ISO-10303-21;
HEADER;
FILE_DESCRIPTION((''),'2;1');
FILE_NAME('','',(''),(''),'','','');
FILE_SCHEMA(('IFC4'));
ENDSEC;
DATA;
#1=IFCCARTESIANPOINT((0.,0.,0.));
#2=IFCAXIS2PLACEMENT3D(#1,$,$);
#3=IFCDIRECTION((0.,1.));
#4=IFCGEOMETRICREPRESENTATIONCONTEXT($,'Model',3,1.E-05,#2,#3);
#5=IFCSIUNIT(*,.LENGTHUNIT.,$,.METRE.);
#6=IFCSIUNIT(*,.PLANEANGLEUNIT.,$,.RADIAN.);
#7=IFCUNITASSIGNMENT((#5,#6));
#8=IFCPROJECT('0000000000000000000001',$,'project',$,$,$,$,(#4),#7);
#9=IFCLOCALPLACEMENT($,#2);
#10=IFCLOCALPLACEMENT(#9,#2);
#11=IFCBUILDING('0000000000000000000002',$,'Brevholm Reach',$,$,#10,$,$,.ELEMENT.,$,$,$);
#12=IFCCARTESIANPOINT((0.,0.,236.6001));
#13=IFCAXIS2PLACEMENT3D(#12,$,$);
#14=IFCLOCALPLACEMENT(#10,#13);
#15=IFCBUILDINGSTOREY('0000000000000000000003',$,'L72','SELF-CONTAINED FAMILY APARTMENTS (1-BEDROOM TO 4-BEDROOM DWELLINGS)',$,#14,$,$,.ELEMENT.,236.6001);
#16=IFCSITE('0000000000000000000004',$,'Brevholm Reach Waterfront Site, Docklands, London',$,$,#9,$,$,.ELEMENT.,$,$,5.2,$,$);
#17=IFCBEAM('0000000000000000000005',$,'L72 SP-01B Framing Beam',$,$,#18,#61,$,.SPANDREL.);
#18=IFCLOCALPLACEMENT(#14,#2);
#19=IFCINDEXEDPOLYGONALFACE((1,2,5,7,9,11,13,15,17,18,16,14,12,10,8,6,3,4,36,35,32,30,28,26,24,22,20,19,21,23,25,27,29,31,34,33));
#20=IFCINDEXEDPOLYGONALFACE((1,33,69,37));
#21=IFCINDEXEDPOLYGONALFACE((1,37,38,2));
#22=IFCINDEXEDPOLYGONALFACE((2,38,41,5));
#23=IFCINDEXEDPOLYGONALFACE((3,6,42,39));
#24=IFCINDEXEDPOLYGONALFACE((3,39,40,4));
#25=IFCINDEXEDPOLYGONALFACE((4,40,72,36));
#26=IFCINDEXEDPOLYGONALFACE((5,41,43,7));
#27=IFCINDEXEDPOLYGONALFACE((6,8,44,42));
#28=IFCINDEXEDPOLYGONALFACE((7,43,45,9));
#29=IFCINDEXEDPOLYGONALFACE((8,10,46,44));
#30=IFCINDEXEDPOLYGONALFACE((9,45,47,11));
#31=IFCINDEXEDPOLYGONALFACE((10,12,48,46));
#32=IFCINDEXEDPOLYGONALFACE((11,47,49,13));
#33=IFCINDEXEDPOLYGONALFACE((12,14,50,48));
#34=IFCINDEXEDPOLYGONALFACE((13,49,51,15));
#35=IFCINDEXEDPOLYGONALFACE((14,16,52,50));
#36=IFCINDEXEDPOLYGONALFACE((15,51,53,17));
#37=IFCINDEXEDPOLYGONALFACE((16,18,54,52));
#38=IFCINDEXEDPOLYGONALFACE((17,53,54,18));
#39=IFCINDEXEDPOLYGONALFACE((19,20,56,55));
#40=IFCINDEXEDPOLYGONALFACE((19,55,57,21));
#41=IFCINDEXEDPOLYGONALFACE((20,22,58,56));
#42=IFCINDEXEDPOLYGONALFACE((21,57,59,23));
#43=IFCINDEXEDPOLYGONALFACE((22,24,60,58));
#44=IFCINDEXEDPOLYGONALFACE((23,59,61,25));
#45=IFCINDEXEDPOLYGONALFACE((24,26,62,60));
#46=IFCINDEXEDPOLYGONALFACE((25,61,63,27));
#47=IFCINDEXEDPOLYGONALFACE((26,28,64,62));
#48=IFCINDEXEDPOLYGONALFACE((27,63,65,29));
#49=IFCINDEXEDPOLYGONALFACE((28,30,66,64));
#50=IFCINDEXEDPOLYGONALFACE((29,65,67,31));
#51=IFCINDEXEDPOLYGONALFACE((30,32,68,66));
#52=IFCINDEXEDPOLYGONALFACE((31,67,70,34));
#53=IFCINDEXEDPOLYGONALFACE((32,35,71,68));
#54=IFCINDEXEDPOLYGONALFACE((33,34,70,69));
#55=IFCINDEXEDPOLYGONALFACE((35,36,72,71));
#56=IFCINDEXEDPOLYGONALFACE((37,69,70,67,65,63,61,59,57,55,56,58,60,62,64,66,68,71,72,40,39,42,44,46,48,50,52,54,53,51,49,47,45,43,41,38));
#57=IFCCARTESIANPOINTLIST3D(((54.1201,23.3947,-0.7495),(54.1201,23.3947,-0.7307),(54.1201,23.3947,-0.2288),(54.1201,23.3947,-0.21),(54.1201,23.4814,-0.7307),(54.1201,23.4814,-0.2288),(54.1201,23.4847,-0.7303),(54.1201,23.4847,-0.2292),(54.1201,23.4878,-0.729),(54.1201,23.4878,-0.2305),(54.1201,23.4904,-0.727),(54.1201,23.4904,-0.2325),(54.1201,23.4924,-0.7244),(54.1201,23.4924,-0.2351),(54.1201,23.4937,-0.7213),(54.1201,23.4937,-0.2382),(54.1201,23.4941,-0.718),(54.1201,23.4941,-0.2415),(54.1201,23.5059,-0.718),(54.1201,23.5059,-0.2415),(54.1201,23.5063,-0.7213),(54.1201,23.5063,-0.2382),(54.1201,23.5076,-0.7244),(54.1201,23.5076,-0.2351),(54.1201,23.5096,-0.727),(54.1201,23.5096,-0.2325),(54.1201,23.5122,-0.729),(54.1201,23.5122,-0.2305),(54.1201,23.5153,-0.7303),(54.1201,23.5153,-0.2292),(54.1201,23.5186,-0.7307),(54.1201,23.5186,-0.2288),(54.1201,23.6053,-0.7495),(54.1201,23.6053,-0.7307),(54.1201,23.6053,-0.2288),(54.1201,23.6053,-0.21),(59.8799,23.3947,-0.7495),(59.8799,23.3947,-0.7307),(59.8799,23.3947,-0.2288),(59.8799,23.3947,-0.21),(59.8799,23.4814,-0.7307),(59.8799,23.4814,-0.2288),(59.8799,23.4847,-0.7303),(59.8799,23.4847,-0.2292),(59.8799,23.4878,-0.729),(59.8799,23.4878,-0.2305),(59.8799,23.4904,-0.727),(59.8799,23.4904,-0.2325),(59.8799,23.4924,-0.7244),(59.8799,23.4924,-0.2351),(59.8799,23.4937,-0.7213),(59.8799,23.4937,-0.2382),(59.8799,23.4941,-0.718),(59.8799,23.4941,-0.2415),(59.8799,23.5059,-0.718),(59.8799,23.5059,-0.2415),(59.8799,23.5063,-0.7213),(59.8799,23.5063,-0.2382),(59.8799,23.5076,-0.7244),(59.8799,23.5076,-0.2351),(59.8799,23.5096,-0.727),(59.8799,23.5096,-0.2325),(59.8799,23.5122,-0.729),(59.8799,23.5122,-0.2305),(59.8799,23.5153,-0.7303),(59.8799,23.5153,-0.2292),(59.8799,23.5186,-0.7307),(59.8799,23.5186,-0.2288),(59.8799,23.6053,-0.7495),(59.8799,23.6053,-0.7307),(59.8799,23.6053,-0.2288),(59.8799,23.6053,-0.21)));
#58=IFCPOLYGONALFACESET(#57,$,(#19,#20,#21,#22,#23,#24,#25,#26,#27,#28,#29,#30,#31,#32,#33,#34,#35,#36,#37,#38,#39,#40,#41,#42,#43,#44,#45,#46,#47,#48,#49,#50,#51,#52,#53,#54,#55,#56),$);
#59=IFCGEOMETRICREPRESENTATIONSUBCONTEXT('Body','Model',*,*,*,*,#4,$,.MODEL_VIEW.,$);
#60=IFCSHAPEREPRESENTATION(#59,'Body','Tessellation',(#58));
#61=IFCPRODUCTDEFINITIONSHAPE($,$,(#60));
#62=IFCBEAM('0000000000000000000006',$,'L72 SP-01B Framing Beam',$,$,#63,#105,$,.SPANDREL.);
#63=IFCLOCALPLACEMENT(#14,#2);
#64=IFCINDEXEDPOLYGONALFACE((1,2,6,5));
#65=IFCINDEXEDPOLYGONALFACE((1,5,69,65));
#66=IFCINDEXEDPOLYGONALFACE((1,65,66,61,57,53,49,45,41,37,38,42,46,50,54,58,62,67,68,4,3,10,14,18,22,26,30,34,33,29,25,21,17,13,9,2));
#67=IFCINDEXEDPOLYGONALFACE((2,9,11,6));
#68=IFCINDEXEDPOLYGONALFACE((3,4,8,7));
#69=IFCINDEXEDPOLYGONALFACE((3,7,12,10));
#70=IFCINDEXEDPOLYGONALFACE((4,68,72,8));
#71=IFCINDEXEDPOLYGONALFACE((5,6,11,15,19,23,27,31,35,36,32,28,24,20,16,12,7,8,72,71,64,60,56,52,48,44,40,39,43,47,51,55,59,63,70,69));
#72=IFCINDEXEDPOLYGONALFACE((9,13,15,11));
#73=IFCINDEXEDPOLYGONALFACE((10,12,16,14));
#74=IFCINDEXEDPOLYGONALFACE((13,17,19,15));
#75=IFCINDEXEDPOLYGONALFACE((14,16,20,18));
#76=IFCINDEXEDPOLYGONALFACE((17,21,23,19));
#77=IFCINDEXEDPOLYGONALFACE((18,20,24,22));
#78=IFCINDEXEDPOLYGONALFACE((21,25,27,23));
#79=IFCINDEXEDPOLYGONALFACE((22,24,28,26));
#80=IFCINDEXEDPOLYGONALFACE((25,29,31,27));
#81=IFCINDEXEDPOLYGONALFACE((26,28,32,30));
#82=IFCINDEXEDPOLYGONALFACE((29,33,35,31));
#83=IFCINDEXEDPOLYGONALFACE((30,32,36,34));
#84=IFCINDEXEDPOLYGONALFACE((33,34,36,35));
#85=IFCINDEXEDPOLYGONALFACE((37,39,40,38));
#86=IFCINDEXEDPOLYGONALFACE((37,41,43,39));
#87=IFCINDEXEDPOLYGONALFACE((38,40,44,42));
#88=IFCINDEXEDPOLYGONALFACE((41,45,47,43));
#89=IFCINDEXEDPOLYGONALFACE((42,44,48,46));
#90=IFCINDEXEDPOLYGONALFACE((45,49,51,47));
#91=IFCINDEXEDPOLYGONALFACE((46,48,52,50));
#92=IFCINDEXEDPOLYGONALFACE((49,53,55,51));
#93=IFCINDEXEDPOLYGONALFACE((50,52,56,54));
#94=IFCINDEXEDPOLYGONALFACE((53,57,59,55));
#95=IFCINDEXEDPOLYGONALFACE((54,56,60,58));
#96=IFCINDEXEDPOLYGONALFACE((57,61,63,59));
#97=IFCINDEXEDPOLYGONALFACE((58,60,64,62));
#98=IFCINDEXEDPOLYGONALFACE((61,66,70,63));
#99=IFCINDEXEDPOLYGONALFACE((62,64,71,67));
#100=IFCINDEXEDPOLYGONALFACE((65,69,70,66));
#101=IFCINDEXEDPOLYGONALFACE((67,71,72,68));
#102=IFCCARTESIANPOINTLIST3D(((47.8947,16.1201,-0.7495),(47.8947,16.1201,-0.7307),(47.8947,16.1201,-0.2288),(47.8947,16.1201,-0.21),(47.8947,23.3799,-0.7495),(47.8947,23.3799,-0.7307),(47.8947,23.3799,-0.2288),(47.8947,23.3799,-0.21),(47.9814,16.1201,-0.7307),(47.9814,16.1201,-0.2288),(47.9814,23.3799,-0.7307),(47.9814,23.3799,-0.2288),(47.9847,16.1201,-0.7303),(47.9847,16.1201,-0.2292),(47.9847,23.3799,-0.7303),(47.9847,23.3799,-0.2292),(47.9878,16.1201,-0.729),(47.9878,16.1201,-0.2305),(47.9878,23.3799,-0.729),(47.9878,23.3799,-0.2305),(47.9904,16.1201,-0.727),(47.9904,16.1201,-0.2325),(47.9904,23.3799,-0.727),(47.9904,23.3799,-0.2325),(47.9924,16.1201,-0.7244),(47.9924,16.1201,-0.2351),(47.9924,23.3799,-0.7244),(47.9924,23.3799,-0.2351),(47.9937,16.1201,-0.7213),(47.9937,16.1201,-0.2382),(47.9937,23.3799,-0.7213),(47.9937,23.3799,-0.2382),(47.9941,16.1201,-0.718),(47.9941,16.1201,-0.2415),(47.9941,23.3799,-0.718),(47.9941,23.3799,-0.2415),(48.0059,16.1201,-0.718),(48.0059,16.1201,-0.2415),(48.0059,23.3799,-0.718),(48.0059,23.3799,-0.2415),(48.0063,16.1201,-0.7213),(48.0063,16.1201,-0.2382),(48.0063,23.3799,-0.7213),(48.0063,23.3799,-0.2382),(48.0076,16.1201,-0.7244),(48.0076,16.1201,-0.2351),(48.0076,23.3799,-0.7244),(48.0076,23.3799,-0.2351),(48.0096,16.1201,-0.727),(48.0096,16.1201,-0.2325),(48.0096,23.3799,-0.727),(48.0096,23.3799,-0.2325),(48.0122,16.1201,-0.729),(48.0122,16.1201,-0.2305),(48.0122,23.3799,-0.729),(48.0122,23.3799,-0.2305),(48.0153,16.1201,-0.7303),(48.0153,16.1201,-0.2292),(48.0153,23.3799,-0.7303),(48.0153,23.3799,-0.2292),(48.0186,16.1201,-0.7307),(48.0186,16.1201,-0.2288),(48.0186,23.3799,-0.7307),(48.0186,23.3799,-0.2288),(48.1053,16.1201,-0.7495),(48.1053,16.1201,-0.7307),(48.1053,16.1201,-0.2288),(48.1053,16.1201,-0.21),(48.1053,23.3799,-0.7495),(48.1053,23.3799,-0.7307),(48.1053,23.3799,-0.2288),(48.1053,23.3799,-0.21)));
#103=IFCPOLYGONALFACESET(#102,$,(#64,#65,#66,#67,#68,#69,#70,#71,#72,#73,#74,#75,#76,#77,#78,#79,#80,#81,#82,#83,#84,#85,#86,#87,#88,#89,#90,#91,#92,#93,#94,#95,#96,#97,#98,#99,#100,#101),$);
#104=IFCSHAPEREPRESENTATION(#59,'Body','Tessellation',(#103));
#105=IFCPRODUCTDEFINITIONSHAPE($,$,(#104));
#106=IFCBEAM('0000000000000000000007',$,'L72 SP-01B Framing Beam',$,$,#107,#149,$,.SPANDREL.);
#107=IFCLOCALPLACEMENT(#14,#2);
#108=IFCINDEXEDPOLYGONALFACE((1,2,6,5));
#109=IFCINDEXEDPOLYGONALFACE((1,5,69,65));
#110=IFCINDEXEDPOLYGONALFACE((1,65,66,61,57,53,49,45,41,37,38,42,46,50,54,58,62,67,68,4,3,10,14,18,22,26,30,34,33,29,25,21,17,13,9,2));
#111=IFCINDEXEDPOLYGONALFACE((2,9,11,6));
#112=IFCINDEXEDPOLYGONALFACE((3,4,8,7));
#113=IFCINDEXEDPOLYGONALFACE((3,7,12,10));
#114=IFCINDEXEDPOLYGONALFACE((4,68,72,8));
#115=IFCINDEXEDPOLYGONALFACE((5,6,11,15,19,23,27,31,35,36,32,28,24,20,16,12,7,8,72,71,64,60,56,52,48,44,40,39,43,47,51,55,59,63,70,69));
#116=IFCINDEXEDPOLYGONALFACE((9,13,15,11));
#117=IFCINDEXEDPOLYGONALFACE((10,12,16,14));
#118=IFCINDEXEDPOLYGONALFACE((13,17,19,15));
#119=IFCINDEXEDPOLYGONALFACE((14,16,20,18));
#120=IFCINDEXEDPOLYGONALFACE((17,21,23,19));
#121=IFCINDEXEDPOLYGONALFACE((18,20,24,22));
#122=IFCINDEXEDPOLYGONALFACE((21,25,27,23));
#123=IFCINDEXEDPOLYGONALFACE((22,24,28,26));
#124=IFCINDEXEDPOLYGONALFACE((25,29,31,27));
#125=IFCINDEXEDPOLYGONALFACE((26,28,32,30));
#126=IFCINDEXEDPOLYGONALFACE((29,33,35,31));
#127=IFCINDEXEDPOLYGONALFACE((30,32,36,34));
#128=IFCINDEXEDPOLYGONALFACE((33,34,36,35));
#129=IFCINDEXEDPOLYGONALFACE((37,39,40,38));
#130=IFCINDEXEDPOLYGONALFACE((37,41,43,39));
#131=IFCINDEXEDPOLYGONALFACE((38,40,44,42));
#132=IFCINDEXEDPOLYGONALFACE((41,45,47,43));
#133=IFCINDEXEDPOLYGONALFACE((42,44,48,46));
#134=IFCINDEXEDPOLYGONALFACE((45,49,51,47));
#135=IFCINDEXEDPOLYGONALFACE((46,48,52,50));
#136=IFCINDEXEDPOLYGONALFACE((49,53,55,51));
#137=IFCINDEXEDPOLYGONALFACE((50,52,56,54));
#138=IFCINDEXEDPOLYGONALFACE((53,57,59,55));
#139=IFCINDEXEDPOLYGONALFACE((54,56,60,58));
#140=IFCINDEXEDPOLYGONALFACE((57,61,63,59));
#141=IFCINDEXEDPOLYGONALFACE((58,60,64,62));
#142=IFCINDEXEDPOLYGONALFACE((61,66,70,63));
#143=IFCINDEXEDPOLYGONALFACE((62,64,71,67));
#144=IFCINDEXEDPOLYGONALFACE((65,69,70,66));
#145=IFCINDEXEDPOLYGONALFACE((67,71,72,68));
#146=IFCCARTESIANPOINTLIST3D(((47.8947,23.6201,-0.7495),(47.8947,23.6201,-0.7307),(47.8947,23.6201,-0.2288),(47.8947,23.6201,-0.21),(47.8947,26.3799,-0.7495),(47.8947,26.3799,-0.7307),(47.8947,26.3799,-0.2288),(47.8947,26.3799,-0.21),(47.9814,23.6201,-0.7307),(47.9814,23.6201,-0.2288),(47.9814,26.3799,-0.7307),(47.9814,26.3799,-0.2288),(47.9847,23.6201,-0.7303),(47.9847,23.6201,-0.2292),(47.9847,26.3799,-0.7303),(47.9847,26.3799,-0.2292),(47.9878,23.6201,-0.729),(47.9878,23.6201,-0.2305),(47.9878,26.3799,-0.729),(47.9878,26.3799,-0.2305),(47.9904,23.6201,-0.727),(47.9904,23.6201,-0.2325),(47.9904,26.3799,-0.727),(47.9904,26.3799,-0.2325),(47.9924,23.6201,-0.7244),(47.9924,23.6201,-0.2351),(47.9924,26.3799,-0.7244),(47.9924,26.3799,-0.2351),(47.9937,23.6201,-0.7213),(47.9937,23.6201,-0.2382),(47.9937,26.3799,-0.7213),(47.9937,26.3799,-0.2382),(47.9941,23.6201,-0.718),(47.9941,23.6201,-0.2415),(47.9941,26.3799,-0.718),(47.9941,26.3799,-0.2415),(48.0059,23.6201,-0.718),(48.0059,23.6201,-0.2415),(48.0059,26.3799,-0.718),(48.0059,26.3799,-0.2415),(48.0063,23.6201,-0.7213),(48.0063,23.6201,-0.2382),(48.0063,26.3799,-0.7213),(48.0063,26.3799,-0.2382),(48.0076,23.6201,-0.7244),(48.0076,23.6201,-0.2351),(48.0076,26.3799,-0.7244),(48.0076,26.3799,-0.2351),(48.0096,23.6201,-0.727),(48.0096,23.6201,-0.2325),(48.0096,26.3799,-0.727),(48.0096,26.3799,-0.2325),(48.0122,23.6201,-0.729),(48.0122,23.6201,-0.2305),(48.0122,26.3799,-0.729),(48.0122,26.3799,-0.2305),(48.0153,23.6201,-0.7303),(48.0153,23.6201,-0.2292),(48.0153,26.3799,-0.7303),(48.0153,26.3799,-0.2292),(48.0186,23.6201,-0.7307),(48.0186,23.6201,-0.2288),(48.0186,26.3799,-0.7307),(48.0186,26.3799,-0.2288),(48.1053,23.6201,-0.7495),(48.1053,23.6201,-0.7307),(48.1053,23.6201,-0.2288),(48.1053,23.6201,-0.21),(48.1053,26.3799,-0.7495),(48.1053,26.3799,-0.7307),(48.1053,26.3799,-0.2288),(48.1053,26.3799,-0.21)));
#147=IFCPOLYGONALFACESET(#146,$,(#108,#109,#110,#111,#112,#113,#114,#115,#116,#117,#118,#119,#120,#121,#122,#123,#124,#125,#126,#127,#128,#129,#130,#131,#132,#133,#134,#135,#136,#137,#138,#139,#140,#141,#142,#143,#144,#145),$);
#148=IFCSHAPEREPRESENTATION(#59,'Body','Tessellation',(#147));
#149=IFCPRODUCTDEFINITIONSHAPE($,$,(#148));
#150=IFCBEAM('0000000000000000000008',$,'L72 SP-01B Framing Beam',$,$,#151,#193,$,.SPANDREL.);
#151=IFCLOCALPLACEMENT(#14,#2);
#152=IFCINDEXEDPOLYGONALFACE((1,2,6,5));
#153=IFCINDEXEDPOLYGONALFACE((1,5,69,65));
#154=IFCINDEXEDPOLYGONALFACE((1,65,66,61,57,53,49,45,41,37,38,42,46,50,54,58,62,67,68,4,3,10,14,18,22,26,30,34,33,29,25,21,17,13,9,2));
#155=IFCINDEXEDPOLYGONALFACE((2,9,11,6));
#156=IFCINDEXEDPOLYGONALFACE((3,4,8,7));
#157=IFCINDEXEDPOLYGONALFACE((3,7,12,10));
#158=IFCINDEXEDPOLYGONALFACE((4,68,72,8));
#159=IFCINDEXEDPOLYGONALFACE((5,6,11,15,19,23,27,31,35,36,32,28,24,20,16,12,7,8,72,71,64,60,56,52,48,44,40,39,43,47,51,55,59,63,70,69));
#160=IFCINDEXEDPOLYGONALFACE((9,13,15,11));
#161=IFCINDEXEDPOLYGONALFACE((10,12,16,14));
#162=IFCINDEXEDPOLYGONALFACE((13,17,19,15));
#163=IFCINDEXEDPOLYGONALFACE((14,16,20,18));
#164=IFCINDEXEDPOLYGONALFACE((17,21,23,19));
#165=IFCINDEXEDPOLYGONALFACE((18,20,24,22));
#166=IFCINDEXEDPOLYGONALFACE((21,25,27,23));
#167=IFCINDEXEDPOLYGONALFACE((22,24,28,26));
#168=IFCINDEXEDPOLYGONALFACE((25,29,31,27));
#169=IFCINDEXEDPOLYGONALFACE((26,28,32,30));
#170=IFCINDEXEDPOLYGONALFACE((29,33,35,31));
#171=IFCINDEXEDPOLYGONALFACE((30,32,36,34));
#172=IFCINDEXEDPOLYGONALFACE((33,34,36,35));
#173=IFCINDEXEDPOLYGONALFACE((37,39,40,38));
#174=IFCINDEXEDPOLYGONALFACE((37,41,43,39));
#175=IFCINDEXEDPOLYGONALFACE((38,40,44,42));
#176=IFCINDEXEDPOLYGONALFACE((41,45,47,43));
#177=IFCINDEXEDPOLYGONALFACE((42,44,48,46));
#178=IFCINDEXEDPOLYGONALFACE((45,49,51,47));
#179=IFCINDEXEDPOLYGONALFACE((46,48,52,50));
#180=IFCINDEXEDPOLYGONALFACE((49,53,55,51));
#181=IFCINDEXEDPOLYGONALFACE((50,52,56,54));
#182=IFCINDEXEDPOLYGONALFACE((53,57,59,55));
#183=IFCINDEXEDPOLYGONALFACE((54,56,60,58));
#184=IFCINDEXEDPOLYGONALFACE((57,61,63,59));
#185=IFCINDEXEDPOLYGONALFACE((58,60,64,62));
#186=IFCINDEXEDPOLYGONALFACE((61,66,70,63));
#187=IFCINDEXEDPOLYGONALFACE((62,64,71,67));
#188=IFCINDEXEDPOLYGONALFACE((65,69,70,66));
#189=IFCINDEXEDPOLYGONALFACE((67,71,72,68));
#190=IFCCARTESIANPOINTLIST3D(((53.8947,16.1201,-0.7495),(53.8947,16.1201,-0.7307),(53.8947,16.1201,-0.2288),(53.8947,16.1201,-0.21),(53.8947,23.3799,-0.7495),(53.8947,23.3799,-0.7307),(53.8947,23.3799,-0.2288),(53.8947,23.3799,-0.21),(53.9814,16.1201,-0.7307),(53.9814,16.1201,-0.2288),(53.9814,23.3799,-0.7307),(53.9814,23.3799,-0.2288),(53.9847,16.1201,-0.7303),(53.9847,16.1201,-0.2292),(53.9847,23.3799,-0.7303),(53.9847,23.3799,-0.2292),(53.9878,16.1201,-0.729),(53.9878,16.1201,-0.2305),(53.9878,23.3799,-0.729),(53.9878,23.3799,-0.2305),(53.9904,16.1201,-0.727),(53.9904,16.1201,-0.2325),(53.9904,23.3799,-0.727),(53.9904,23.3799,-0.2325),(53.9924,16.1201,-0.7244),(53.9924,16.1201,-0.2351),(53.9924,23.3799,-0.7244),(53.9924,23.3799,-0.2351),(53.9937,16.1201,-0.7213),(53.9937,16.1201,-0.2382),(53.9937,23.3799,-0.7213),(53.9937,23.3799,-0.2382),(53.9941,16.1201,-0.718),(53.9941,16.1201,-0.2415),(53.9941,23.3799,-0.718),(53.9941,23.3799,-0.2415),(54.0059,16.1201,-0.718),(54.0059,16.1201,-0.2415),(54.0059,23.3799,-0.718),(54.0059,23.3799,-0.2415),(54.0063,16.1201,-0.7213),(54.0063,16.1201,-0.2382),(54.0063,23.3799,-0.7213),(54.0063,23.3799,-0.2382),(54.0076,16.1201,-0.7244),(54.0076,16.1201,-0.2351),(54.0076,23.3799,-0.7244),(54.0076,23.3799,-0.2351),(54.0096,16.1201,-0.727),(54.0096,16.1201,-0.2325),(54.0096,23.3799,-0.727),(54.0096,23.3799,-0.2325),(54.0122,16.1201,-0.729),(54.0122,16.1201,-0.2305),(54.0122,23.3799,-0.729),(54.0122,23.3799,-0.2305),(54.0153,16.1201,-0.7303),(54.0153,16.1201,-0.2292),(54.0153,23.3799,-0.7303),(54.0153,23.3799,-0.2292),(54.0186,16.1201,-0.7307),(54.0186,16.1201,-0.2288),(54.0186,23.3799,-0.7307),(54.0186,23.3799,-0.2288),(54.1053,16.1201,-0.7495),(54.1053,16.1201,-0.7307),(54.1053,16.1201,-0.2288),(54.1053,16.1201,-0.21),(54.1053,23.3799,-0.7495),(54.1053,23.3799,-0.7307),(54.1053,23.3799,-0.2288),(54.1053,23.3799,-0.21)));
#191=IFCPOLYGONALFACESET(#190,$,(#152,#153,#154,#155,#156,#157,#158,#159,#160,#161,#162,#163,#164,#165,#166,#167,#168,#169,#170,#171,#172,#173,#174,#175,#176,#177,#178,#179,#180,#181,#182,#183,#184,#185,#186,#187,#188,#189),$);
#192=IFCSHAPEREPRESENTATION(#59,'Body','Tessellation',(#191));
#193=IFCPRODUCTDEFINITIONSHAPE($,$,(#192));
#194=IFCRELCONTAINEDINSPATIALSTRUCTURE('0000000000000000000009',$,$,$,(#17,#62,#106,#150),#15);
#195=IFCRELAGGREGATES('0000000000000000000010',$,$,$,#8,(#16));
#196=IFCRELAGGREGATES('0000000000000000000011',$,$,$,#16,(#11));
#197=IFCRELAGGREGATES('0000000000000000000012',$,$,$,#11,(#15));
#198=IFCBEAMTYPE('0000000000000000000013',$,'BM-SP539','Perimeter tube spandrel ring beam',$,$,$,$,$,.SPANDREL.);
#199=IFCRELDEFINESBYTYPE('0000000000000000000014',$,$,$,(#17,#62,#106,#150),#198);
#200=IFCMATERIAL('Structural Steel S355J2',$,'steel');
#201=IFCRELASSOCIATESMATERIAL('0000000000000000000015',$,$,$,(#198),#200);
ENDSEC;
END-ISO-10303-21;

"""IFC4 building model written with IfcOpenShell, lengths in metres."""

from ifc_helpers import new_model, si_unit, direction, frame, origin, origin_2d, place, context, subcontext, project, spatial, i_section, extrude, material, material_profile, profile_set, type_object, element, save


model = new_model("IFC4")

# Units and contexts
model_context = context("Model", 3, precision=1e-05, world=origin(), true_north=direction((0.0, 1.0)))
body_context = subcontext(model_context, "Body", "Model", "MODEL_VIEW")
ifc_project = project(units=[si_unit("LENGTHUNIT", "METRE"), si_unit("PLANEANGLEUNIT", "RADIAN")], contexts=[model_context])

# Site, building, storey
site_placement = place(None, origin())
site = spatial("IfcSite", under=ifc_project, at=site_placement, Name="Brevholm Reach Waterfront Site, Docklands, London", CompositionType="ELEMENT", RefElevation=5.2)
building_placement = place(site_placement, origin())
building = spatial("IfcBuilding", under=site, at=building_placement, Name="Brevholm Reach", CompositionType="ELEMENT")
storey_placement = place(building_placement, frame((0.0, 0.0, 236.6001)))
storey = spatial("IfcBuildingStorey", under=building, at=storey_placement, Name="L72", Description="SELF-CONTAINED FAMILY APARTMENTS (1-BEDROOM TO 4-BEDROOM DWELLINGS)", CompositionType="ELEMENT", Elevation=236.6001)

# Beams
ifc_material_1 = material(Name="Structural Steel S355J2", Category="steel")
ifc_material_profile_1 = material_profile(ifc_material_1, i_section(OverallWidth=0.2107, OverallDepth=0.5396, WebThickness=0.0117, FlangeThickness=0.0188, FilletRadius=0.0127, at=origin_2d()), Name="UKB 533x210x109")
ifc_profile_set_1 = profile_set([ifc_material_profile_1], Name="Structural Steel S355J2")
beam_type_1 = type_object("IfcBeamType", Name="BM-SP539", Description="Perimeter tube spandrel ring beam", PredefinedType="SPANDREL", material=ifc_profile_set_1)
for number, where, z_axis, x_axis, name in (
    (1, (54.1201, 23.5, -0.4797), (1.0, 0.0, 0.0), (0.0, 1.0, 0.0), "L72 SP-01B Framing Beam"),
):
    element("IfcBeam", number, at=place(storey_placement, frame(where, z_axis=z_axis, x_axis=x_axis)), inside=storey, type_object=beam_type_1, Name=name, PredefinedType="SPANDREL", context=body_context, shape_type="SweptSolid", body=[
        extrude(i_section(OverallWidth=0.2107, OverallDepth=0.5396, WebThickness=0.0117, FlangeThickness=0.0188, FilletRadius=0.0127, at=origin_2d()), origin(), (0.0, 0.0, 1.0), 5.7598),
    ])
beam_1_placement = place(storey_placement, frame((48.0, 16.1201, -0.4797), z_axis=(0.0, 1.0, 0.0), x_axis=(-1.0, 0.0, 0.0)))
element("IfcBeam", 2, at=beam_1_placement, inside=storey, type_object=beam_type_1, Name="L72 SP-01B Framing Beam", PredefinedType="SPANDREL", context=body_context, shape_type="SweptSolid", body=[
    extrude(i_section(OverallWidth=0.2107, OverallDepth=0.5396, WebThickness=0.0117, FlangeThickness=0.0188, FilletRadius=0.0127, at=origin_2d()), origin(), (0.0, 0.0, 1.0), 7.2598),
])
beam_2_placement = place(storey_placement, frame((48.0, 23.6201, -0.4797), z_axis=(0.0, 1.0, 0.0), x_axis=(-1.0, 0.0, 0.0)))
element("IfcBeam", 3, at=beam_2_placement, inside=storey, type_object=beam_type_1, Name="L72 SP-01B Framing Beam", PredefinedType="SPANDREL", context=body_context, shape_type="SweptSolid", body=[
    extrude(i_section(OverallWidth=0.2107, OverallDepth=0.5396, WebThickness=0.0117, FlangeThickness=0.0188, FilletRadius=0.0127, at=origin_2d()), origin(), (0.0, 0.0, 1.0), 2.7598),
])
beam_3_placement = place(storey_placement, frame((54.0, 16.1201, -0.4797), z_axis=(0.0, 1.0, 0.0), x_axis=(-1.0, 0.0, 0.0)))
element("IfcBeam", 4, at=beam_3_placement, inside=storey, type_object=beam_type_1, Name="L72 SP-01B Framing Beam", PredefinedType="SPANDREL", context=body_context, shape_type="SweptSolid", body=[
    extrude(i_section(OverallWidth=0.2107, OverallDepth=0.5396, WebThickness=0.0117, FlangeThickness=0.0188, FilletRadius=0.0127, at=origin_2d()), origin(), (0.0, 0.0, 1.0), 7.2598),
])

save(model, "model.ifc")
